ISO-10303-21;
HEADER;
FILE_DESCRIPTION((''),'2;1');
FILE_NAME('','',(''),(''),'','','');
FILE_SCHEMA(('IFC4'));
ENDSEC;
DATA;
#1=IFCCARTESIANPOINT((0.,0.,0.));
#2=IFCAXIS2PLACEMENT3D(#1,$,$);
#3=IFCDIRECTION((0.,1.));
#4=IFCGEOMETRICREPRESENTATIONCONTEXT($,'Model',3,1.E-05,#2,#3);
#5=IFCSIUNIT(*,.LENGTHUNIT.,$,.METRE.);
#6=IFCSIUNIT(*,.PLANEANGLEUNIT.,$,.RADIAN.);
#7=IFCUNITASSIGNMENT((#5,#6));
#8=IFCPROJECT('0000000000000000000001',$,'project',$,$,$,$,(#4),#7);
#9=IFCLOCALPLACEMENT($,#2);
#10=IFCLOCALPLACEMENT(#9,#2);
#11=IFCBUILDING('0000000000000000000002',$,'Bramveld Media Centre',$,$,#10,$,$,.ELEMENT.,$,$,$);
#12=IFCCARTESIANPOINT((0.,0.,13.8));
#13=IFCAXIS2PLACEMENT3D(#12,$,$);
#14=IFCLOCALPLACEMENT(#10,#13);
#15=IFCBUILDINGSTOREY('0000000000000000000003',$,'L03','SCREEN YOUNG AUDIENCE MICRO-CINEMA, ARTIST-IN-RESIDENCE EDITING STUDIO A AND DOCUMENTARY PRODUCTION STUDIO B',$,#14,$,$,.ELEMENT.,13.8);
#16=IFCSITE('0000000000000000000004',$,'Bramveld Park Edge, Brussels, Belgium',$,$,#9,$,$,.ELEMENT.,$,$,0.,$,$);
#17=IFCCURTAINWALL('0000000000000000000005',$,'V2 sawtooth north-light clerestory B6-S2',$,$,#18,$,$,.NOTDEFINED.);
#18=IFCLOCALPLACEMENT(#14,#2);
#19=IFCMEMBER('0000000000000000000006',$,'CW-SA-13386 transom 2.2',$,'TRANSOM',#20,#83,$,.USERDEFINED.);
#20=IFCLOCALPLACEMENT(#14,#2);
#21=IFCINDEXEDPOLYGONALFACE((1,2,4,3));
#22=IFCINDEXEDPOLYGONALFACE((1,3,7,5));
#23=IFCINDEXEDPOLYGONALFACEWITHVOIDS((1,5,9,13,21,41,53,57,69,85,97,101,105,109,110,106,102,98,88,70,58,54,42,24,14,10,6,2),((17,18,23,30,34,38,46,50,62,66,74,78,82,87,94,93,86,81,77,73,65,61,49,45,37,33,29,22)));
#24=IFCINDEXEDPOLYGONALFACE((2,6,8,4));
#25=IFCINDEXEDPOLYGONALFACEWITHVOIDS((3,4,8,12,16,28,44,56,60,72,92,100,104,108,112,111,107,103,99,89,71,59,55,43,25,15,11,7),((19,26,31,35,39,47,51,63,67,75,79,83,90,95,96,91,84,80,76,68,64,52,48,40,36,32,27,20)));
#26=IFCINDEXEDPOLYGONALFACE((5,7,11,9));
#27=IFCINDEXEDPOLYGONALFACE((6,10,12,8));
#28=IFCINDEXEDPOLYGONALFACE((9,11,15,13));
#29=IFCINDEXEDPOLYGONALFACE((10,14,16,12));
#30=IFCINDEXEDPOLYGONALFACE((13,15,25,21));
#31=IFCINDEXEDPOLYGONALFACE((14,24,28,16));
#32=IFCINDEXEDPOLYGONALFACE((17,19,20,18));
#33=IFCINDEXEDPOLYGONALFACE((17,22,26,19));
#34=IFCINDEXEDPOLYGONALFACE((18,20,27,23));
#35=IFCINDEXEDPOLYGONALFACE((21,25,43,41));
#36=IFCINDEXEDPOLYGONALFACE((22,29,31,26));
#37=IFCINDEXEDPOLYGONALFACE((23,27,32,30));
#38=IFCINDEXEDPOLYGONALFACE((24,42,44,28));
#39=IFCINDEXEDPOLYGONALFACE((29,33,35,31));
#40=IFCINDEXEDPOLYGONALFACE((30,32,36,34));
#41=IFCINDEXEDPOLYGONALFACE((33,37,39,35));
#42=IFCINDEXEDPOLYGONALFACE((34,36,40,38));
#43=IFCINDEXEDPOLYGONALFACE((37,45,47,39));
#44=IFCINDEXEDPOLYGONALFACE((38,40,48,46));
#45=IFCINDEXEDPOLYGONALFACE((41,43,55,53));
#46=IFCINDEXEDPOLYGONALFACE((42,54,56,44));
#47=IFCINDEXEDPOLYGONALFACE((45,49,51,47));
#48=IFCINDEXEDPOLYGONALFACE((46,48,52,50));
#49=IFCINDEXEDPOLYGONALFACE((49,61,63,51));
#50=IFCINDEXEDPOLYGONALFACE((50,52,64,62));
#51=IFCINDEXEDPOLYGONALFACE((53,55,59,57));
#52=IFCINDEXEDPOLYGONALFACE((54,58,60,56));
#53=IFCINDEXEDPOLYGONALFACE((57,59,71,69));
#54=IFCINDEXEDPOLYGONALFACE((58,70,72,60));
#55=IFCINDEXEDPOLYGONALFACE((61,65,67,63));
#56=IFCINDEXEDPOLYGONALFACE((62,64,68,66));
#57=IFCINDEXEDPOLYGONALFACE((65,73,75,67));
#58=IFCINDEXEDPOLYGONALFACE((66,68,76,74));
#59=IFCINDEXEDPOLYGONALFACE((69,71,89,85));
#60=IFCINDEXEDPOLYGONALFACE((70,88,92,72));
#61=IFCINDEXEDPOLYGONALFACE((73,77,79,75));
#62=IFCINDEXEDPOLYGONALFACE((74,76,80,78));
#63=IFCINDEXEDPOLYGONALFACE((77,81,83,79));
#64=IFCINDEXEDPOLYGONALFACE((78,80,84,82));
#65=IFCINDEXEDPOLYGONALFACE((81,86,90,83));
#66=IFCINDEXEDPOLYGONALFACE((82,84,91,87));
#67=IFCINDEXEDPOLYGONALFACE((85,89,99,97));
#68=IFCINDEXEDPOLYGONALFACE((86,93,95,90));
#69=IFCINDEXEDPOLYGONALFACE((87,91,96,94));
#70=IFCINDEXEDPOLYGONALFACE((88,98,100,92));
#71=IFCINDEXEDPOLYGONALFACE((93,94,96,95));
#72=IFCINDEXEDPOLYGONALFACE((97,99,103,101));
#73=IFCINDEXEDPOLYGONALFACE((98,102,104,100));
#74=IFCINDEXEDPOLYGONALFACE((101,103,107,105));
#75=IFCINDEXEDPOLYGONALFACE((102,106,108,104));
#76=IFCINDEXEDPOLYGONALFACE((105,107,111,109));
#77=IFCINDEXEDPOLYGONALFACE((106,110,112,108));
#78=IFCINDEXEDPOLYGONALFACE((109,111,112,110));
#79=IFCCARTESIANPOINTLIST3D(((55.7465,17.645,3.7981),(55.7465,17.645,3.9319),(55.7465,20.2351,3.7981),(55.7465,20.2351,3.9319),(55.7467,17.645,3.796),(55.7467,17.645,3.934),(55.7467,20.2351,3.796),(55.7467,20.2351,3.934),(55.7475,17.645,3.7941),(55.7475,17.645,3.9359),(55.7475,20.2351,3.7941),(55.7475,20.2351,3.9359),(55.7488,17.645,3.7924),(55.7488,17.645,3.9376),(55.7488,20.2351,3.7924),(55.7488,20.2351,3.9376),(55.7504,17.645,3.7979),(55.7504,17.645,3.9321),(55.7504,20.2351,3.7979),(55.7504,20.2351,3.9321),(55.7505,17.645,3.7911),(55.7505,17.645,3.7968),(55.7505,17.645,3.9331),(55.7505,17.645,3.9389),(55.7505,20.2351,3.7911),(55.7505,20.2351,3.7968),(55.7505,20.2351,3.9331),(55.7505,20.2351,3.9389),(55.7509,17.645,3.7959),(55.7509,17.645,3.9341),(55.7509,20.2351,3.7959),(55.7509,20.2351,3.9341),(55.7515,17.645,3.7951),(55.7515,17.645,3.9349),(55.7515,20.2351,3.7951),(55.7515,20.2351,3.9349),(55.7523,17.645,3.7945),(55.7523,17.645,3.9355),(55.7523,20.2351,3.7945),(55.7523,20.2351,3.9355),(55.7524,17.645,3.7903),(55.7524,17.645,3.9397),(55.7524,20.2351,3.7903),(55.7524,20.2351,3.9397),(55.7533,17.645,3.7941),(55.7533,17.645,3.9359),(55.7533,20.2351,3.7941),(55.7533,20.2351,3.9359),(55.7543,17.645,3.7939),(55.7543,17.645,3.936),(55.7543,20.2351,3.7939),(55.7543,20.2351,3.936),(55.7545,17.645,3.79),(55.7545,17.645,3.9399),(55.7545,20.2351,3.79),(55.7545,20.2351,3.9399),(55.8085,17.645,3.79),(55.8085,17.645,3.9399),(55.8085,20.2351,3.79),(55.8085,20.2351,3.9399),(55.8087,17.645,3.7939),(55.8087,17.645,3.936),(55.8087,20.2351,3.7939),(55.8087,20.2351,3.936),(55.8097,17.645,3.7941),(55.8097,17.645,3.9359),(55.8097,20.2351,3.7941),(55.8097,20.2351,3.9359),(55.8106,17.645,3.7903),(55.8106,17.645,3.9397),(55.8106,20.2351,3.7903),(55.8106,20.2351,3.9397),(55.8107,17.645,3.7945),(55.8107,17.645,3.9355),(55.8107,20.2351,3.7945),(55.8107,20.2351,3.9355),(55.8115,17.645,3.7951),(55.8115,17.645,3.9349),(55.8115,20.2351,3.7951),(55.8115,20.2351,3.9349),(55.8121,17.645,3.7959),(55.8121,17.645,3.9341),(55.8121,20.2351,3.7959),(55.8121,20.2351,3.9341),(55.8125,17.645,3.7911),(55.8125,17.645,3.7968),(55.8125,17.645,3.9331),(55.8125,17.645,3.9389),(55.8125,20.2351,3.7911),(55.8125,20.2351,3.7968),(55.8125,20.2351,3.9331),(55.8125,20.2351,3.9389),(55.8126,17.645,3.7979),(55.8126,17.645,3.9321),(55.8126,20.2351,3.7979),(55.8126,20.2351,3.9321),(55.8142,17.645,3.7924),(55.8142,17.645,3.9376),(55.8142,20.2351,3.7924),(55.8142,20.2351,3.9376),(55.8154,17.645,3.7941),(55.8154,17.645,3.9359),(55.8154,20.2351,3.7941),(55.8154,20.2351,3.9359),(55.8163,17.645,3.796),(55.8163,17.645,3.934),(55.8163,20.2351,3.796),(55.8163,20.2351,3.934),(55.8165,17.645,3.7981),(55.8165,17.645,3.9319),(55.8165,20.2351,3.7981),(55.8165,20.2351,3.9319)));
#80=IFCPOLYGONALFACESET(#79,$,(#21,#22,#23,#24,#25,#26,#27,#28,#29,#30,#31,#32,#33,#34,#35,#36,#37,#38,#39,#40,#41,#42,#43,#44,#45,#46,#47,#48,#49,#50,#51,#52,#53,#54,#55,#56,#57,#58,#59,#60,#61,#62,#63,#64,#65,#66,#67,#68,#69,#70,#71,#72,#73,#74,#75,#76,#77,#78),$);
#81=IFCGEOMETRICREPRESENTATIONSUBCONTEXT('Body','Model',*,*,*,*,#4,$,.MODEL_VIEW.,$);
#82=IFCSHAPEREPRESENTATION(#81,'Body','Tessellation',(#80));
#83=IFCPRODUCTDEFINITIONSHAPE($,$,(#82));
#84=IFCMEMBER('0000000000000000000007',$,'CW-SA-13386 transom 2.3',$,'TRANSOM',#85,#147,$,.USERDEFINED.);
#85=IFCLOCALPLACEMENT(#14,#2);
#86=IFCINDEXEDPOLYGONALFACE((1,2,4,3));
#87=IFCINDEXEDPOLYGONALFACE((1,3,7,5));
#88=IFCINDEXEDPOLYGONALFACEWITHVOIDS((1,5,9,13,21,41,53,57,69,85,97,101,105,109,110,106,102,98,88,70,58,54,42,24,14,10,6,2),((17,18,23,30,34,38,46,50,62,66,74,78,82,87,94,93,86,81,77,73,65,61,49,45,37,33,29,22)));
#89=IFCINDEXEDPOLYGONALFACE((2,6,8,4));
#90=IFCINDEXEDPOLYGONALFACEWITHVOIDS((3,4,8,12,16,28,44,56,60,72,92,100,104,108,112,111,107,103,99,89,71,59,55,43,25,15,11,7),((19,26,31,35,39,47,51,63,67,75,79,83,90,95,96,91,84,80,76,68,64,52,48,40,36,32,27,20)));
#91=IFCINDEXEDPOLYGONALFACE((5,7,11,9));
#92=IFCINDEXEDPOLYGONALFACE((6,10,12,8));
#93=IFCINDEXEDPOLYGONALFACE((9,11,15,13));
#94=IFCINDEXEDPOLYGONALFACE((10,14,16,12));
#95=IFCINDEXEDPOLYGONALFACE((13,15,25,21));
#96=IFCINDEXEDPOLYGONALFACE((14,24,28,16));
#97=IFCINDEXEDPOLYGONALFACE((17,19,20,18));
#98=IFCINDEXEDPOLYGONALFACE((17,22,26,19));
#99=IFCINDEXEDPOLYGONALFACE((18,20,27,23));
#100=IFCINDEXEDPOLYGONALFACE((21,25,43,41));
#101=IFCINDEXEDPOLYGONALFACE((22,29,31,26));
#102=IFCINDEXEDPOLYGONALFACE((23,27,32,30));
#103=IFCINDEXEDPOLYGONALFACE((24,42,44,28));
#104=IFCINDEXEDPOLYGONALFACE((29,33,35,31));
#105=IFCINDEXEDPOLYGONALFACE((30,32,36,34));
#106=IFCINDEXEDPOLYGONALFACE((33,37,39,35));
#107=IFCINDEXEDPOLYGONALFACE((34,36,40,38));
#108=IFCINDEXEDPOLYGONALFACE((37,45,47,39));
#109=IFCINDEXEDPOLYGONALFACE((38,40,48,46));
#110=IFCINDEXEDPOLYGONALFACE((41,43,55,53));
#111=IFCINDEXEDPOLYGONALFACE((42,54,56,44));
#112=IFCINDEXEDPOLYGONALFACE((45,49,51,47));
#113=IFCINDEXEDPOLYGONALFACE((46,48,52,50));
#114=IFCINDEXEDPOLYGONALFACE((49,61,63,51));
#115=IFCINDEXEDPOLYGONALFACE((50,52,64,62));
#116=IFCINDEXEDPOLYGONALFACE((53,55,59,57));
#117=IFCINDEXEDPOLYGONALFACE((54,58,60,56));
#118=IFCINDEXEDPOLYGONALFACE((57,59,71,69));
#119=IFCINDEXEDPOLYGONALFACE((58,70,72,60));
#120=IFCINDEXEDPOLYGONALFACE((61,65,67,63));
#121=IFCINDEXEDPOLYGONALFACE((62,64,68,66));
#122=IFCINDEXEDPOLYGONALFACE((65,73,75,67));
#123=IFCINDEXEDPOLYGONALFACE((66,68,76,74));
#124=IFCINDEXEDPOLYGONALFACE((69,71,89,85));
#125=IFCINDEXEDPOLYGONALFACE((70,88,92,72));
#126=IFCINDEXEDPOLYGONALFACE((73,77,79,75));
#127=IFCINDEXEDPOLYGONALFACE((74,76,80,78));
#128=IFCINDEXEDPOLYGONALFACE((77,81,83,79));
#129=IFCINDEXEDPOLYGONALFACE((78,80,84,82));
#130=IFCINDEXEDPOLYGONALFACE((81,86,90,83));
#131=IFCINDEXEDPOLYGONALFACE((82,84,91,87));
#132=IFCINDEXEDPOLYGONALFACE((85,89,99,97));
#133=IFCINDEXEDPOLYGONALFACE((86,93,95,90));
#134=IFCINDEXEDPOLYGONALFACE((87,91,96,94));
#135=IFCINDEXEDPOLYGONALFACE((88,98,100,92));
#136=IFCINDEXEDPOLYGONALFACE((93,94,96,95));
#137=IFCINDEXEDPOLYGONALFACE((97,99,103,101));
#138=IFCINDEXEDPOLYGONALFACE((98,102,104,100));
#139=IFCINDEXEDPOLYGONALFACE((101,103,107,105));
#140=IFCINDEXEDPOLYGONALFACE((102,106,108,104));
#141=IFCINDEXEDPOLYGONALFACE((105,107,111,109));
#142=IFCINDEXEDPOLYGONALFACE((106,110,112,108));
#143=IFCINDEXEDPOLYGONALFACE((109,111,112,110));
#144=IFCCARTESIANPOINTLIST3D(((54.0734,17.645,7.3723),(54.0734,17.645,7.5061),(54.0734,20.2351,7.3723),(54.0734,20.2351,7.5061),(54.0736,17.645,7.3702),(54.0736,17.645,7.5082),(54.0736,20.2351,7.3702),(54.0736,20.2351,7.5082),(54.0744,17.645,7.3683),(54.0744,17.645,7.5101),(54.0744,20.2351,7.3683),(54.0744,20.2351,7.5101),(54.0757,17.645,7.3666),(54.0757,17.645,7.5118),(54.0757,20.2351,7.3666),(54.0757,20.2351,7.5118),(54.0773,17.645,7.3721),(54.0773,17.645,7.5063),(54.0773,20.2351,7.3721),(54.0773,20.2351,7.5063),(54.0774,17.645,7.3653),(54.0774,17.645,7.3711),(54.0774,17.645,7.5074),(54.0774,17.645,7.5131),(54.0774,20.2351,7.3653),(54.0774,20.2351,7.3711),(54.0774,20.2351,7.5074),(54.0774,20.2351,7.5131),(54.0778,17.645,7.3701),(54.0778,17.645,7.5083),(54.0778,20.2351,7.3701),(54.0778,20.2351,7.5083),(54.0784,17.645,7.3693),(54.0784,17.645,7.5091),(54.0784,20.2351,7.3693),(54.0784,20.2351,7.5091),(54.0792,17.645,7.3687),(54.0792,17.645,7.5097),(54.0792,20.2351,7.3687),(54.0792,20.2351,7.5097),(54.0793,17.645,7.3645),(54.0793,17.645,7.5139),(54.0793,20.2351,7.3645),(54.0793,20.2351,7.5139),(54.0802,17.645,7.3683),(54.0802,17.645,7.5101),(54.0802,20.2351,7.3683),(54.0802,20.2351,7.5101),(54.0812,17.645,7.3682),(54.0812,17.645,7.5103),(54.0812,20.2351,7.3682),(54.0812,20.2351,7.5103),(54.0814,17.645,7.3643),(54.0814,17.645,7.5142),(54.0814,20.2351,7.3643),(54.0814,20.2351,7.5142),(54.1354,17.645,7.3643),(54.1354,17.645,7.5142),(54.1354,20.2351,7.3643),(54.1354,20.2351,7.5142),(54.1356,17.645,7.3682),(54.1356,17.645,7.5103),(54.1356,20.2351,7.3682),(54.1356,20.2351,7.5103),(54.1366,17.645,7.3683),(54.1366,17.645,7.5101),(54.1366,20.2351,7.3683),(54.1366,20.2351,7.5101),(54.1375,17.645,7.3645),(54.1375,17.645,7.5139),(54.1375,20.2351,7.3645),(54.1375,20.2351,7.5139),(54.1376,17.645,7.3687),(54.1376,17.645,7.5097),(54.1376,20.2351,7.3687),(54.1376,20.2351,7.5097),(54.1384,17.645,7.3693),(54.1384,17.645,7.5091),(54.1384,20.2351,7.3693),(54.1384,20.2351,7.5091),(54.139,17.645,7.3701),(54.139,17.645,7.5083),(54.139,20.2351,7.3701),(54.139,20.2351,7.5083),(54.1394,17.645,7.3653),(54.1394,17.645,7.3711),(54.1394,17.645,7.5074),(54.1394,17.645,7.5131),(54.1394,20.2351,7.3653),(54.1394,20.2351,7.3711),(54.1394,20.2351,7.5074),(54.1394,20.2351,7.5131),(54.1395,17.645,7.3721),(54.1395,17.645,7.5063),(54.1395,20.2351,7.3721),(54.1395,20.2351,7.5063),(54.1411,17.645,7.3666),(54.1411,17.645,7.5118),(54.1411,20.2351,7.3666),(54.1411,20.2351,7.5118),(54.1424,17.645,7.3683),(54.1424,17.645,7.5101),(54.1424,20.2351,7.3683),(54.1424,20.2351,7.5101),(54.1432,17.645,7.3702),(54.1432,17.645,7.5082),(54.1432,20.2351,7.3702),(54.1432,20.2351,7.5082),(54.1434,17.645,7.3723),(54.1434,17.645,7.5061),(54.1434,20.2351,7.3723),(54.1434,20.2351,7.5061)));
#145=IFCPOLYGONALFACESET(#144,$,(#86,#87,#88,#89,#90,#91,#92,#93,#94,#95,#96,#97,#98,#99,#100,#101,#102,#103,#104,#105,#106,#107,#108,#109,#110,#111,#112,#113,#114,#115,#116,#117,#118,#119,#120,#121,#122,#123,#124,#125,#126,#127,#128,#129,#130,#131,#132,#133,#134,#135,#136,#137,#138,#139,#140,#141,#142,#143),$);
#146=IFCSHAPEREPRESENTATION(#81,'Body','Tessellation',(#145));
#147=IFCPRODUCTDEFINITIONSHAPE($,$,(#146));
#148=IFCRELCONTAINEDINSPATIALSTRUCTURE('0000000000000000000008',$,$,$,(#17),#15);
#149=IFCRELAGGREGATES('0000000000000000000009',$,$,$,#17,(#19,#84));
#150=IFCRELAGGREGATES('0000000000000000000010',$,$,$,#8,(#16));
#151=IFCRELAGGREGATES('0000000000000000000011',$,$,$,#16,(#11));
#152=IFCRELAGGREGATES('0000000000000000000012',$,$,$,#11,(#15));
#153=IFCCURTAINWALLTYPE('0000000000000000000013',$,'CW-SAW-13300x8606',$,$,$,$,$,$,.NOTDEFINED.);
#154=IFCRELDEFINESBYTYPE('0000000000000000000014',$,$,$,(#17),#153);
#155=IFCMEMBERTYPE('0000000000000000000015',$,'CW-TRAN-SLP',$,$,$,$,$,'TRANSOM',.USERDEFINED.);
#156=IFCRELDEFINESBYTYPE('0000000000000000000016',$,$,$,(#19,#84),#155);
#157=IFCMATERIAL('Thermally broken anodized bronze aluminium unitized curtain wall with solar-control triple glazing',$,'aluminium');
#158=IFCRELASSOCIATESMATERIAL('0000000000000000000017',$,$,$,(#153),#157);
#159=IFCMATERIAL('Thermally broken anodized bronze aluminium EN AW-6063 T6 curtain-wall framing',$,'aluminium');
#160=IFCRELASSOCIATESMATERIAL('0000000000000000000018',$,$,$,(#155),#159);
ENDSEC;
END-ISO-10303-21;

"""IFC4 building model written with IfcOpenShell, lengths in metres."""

from ifc_helpers import new_model, si_unit, direction, frame, origin, origin_2d, place, context, subcontext, project, spatial, hollow_rectangle, extrude, material, material_profile, profile_set, type_object, element, aggregate, save


model = new_model("IFC4")

# Units and contexts
model_context = context("Model", 3, precision=1e-05, world=origin(), true_north=direction((0.0, 1.0)))
body_context = subcontext(model_context, "Body", "Model", "MODEL_VIEW")
ifc_project = project(units=[si_unit("LENGTHUNIT", "METRE"), si_unit("PLANEANGLEUNIT", "RADIAN")], contexts=[model_context])

# Site, building, storey
site_placement = place(None, origin())
site = spatial("IfcSite", under=ifc_project, at=site_placement, Name="Bramveld Park Edge, Brussels, Belgium", CompositionType="ELEMENT", RefElevation=0.0)
building_placement = place(site_placement, origin())
building = spatial("IfcBuilding", under=site, at=building_placement, Name="Bramveld Media Centre", CompositionType="ELEMENT")
storey_placement = place(building_placement, frame((0.0, 0.0, 13.8)))
storey = spatial("IfcBuildingStorey", under=building, at=storey_placement, Name="L03", Description="SCREEN YOUNG AUDIENCE MICRO-CINEMA, ARTIST-IN-RESIDENCE EDITING STUDIO A AND DOCUMENTARY PRODUCTION STUDIO B", CompositionType="ELEMENT", Elevation=13.8)

# Curtain wall, members
ifc_material_1 = material(Name="Thermally broken anodized bronze aluminium unitized curtain wall with solar-control triple glazing", Category="aluminium")
curtain_wall_type = type_object("IfcCurtainWallType", Name="CW-SAW-13300x8606", PredefinedType="NOTDEFINED", material=ifc_material_1)
curtain_wall_placement = place(storey_placement, origin())
curtain_wall = element("IfcCurtainWall", 1, at=curtain_wall_placement, inside=storey, type_object=curtain_wall_type, Name="V2 sawtooth north-light clerestory B6-S2", PredefinedType="NOTDEFINED")
ifc_material_2 = material(Name="Thermally broken anodized bronze aluminium EN AW-6063 T6 curtain-wall framing", Category="aluminium")
ifc_material_profile_1 = material_profile(ifc_material_2, hollow_rectangle(XDim=0.0701, YDim=0.1499, WallThickness=0.0039, InnerFilletRadius=0.0039, OuterFilletRadius=0.0081, at=origin_2d()), Name="AL-TRAN 70x150")
ifc_profile_set_1 = profile_set([ifc_material_profile_1], Name="Thermally broken anodized bronze aluminium EN AW-6063 T6 curtain-wall framing")
member_type_1 = type_object("IfcMemberType", Name="CW-TRAN-SLP", ElementType="TRANSOM", PredefinedType="USERDEFINED", material=ifc_profile_set_1)
member_1_placement = place(storey_placement, frame((55.7815, 17.645, 3.865), z_axis=(0.0, 1.0, 0.0), x_axis=(-1.0, 0.0, 0.0)))
member_1 = element("IfcMember", 2, at=member_1_placement, type_object=member_type_1, Name="CW-SA-13386 transom 2.2", ObjectType="TRANSOM", PredefinedType="USERDEFINED", context=body_context, shape_type="SweptSolid", body=[
    extrude(hollow_rectangle(XDim=0.0701, YDim=0.1499, WallThickness=0.0039, InnerFilletRadius=0.0039, OuterFilletRadius=0.0081, at=origin_2d()), origin(), (0.0, 0.0, 1.0), 2.5901),
])
member_2_placement = place(storey_placement, frame((54.1084, 17.645, 7.4392), z_axis=(0.0, 1.0, 0.0), x_axis=(-1.0, 0.0, 0.0)))
member_2 = element("IfcMember", 3, at=member_2_placement, type_object=member_type_1, Name="CW-SA-13386 transom 2.3", ObjectType="TRANSOM", PredefinedType="USERDEFINED", context=body_context, shape_type="SweptSolid", body=[
    extrude(hollow_rectangle(XDim=0.0701, YDim=0.1499, WallThickness=0.0039, InnerFilletRadius=0.0039, OuterFilletRadius=0.0081, at=origin_2d()), origin(), (0.0, 0.0, 1.0), 2.5901),
])

aggregate(curtain_wall, [member_1, member_2])

save(model, "model.ifc")
